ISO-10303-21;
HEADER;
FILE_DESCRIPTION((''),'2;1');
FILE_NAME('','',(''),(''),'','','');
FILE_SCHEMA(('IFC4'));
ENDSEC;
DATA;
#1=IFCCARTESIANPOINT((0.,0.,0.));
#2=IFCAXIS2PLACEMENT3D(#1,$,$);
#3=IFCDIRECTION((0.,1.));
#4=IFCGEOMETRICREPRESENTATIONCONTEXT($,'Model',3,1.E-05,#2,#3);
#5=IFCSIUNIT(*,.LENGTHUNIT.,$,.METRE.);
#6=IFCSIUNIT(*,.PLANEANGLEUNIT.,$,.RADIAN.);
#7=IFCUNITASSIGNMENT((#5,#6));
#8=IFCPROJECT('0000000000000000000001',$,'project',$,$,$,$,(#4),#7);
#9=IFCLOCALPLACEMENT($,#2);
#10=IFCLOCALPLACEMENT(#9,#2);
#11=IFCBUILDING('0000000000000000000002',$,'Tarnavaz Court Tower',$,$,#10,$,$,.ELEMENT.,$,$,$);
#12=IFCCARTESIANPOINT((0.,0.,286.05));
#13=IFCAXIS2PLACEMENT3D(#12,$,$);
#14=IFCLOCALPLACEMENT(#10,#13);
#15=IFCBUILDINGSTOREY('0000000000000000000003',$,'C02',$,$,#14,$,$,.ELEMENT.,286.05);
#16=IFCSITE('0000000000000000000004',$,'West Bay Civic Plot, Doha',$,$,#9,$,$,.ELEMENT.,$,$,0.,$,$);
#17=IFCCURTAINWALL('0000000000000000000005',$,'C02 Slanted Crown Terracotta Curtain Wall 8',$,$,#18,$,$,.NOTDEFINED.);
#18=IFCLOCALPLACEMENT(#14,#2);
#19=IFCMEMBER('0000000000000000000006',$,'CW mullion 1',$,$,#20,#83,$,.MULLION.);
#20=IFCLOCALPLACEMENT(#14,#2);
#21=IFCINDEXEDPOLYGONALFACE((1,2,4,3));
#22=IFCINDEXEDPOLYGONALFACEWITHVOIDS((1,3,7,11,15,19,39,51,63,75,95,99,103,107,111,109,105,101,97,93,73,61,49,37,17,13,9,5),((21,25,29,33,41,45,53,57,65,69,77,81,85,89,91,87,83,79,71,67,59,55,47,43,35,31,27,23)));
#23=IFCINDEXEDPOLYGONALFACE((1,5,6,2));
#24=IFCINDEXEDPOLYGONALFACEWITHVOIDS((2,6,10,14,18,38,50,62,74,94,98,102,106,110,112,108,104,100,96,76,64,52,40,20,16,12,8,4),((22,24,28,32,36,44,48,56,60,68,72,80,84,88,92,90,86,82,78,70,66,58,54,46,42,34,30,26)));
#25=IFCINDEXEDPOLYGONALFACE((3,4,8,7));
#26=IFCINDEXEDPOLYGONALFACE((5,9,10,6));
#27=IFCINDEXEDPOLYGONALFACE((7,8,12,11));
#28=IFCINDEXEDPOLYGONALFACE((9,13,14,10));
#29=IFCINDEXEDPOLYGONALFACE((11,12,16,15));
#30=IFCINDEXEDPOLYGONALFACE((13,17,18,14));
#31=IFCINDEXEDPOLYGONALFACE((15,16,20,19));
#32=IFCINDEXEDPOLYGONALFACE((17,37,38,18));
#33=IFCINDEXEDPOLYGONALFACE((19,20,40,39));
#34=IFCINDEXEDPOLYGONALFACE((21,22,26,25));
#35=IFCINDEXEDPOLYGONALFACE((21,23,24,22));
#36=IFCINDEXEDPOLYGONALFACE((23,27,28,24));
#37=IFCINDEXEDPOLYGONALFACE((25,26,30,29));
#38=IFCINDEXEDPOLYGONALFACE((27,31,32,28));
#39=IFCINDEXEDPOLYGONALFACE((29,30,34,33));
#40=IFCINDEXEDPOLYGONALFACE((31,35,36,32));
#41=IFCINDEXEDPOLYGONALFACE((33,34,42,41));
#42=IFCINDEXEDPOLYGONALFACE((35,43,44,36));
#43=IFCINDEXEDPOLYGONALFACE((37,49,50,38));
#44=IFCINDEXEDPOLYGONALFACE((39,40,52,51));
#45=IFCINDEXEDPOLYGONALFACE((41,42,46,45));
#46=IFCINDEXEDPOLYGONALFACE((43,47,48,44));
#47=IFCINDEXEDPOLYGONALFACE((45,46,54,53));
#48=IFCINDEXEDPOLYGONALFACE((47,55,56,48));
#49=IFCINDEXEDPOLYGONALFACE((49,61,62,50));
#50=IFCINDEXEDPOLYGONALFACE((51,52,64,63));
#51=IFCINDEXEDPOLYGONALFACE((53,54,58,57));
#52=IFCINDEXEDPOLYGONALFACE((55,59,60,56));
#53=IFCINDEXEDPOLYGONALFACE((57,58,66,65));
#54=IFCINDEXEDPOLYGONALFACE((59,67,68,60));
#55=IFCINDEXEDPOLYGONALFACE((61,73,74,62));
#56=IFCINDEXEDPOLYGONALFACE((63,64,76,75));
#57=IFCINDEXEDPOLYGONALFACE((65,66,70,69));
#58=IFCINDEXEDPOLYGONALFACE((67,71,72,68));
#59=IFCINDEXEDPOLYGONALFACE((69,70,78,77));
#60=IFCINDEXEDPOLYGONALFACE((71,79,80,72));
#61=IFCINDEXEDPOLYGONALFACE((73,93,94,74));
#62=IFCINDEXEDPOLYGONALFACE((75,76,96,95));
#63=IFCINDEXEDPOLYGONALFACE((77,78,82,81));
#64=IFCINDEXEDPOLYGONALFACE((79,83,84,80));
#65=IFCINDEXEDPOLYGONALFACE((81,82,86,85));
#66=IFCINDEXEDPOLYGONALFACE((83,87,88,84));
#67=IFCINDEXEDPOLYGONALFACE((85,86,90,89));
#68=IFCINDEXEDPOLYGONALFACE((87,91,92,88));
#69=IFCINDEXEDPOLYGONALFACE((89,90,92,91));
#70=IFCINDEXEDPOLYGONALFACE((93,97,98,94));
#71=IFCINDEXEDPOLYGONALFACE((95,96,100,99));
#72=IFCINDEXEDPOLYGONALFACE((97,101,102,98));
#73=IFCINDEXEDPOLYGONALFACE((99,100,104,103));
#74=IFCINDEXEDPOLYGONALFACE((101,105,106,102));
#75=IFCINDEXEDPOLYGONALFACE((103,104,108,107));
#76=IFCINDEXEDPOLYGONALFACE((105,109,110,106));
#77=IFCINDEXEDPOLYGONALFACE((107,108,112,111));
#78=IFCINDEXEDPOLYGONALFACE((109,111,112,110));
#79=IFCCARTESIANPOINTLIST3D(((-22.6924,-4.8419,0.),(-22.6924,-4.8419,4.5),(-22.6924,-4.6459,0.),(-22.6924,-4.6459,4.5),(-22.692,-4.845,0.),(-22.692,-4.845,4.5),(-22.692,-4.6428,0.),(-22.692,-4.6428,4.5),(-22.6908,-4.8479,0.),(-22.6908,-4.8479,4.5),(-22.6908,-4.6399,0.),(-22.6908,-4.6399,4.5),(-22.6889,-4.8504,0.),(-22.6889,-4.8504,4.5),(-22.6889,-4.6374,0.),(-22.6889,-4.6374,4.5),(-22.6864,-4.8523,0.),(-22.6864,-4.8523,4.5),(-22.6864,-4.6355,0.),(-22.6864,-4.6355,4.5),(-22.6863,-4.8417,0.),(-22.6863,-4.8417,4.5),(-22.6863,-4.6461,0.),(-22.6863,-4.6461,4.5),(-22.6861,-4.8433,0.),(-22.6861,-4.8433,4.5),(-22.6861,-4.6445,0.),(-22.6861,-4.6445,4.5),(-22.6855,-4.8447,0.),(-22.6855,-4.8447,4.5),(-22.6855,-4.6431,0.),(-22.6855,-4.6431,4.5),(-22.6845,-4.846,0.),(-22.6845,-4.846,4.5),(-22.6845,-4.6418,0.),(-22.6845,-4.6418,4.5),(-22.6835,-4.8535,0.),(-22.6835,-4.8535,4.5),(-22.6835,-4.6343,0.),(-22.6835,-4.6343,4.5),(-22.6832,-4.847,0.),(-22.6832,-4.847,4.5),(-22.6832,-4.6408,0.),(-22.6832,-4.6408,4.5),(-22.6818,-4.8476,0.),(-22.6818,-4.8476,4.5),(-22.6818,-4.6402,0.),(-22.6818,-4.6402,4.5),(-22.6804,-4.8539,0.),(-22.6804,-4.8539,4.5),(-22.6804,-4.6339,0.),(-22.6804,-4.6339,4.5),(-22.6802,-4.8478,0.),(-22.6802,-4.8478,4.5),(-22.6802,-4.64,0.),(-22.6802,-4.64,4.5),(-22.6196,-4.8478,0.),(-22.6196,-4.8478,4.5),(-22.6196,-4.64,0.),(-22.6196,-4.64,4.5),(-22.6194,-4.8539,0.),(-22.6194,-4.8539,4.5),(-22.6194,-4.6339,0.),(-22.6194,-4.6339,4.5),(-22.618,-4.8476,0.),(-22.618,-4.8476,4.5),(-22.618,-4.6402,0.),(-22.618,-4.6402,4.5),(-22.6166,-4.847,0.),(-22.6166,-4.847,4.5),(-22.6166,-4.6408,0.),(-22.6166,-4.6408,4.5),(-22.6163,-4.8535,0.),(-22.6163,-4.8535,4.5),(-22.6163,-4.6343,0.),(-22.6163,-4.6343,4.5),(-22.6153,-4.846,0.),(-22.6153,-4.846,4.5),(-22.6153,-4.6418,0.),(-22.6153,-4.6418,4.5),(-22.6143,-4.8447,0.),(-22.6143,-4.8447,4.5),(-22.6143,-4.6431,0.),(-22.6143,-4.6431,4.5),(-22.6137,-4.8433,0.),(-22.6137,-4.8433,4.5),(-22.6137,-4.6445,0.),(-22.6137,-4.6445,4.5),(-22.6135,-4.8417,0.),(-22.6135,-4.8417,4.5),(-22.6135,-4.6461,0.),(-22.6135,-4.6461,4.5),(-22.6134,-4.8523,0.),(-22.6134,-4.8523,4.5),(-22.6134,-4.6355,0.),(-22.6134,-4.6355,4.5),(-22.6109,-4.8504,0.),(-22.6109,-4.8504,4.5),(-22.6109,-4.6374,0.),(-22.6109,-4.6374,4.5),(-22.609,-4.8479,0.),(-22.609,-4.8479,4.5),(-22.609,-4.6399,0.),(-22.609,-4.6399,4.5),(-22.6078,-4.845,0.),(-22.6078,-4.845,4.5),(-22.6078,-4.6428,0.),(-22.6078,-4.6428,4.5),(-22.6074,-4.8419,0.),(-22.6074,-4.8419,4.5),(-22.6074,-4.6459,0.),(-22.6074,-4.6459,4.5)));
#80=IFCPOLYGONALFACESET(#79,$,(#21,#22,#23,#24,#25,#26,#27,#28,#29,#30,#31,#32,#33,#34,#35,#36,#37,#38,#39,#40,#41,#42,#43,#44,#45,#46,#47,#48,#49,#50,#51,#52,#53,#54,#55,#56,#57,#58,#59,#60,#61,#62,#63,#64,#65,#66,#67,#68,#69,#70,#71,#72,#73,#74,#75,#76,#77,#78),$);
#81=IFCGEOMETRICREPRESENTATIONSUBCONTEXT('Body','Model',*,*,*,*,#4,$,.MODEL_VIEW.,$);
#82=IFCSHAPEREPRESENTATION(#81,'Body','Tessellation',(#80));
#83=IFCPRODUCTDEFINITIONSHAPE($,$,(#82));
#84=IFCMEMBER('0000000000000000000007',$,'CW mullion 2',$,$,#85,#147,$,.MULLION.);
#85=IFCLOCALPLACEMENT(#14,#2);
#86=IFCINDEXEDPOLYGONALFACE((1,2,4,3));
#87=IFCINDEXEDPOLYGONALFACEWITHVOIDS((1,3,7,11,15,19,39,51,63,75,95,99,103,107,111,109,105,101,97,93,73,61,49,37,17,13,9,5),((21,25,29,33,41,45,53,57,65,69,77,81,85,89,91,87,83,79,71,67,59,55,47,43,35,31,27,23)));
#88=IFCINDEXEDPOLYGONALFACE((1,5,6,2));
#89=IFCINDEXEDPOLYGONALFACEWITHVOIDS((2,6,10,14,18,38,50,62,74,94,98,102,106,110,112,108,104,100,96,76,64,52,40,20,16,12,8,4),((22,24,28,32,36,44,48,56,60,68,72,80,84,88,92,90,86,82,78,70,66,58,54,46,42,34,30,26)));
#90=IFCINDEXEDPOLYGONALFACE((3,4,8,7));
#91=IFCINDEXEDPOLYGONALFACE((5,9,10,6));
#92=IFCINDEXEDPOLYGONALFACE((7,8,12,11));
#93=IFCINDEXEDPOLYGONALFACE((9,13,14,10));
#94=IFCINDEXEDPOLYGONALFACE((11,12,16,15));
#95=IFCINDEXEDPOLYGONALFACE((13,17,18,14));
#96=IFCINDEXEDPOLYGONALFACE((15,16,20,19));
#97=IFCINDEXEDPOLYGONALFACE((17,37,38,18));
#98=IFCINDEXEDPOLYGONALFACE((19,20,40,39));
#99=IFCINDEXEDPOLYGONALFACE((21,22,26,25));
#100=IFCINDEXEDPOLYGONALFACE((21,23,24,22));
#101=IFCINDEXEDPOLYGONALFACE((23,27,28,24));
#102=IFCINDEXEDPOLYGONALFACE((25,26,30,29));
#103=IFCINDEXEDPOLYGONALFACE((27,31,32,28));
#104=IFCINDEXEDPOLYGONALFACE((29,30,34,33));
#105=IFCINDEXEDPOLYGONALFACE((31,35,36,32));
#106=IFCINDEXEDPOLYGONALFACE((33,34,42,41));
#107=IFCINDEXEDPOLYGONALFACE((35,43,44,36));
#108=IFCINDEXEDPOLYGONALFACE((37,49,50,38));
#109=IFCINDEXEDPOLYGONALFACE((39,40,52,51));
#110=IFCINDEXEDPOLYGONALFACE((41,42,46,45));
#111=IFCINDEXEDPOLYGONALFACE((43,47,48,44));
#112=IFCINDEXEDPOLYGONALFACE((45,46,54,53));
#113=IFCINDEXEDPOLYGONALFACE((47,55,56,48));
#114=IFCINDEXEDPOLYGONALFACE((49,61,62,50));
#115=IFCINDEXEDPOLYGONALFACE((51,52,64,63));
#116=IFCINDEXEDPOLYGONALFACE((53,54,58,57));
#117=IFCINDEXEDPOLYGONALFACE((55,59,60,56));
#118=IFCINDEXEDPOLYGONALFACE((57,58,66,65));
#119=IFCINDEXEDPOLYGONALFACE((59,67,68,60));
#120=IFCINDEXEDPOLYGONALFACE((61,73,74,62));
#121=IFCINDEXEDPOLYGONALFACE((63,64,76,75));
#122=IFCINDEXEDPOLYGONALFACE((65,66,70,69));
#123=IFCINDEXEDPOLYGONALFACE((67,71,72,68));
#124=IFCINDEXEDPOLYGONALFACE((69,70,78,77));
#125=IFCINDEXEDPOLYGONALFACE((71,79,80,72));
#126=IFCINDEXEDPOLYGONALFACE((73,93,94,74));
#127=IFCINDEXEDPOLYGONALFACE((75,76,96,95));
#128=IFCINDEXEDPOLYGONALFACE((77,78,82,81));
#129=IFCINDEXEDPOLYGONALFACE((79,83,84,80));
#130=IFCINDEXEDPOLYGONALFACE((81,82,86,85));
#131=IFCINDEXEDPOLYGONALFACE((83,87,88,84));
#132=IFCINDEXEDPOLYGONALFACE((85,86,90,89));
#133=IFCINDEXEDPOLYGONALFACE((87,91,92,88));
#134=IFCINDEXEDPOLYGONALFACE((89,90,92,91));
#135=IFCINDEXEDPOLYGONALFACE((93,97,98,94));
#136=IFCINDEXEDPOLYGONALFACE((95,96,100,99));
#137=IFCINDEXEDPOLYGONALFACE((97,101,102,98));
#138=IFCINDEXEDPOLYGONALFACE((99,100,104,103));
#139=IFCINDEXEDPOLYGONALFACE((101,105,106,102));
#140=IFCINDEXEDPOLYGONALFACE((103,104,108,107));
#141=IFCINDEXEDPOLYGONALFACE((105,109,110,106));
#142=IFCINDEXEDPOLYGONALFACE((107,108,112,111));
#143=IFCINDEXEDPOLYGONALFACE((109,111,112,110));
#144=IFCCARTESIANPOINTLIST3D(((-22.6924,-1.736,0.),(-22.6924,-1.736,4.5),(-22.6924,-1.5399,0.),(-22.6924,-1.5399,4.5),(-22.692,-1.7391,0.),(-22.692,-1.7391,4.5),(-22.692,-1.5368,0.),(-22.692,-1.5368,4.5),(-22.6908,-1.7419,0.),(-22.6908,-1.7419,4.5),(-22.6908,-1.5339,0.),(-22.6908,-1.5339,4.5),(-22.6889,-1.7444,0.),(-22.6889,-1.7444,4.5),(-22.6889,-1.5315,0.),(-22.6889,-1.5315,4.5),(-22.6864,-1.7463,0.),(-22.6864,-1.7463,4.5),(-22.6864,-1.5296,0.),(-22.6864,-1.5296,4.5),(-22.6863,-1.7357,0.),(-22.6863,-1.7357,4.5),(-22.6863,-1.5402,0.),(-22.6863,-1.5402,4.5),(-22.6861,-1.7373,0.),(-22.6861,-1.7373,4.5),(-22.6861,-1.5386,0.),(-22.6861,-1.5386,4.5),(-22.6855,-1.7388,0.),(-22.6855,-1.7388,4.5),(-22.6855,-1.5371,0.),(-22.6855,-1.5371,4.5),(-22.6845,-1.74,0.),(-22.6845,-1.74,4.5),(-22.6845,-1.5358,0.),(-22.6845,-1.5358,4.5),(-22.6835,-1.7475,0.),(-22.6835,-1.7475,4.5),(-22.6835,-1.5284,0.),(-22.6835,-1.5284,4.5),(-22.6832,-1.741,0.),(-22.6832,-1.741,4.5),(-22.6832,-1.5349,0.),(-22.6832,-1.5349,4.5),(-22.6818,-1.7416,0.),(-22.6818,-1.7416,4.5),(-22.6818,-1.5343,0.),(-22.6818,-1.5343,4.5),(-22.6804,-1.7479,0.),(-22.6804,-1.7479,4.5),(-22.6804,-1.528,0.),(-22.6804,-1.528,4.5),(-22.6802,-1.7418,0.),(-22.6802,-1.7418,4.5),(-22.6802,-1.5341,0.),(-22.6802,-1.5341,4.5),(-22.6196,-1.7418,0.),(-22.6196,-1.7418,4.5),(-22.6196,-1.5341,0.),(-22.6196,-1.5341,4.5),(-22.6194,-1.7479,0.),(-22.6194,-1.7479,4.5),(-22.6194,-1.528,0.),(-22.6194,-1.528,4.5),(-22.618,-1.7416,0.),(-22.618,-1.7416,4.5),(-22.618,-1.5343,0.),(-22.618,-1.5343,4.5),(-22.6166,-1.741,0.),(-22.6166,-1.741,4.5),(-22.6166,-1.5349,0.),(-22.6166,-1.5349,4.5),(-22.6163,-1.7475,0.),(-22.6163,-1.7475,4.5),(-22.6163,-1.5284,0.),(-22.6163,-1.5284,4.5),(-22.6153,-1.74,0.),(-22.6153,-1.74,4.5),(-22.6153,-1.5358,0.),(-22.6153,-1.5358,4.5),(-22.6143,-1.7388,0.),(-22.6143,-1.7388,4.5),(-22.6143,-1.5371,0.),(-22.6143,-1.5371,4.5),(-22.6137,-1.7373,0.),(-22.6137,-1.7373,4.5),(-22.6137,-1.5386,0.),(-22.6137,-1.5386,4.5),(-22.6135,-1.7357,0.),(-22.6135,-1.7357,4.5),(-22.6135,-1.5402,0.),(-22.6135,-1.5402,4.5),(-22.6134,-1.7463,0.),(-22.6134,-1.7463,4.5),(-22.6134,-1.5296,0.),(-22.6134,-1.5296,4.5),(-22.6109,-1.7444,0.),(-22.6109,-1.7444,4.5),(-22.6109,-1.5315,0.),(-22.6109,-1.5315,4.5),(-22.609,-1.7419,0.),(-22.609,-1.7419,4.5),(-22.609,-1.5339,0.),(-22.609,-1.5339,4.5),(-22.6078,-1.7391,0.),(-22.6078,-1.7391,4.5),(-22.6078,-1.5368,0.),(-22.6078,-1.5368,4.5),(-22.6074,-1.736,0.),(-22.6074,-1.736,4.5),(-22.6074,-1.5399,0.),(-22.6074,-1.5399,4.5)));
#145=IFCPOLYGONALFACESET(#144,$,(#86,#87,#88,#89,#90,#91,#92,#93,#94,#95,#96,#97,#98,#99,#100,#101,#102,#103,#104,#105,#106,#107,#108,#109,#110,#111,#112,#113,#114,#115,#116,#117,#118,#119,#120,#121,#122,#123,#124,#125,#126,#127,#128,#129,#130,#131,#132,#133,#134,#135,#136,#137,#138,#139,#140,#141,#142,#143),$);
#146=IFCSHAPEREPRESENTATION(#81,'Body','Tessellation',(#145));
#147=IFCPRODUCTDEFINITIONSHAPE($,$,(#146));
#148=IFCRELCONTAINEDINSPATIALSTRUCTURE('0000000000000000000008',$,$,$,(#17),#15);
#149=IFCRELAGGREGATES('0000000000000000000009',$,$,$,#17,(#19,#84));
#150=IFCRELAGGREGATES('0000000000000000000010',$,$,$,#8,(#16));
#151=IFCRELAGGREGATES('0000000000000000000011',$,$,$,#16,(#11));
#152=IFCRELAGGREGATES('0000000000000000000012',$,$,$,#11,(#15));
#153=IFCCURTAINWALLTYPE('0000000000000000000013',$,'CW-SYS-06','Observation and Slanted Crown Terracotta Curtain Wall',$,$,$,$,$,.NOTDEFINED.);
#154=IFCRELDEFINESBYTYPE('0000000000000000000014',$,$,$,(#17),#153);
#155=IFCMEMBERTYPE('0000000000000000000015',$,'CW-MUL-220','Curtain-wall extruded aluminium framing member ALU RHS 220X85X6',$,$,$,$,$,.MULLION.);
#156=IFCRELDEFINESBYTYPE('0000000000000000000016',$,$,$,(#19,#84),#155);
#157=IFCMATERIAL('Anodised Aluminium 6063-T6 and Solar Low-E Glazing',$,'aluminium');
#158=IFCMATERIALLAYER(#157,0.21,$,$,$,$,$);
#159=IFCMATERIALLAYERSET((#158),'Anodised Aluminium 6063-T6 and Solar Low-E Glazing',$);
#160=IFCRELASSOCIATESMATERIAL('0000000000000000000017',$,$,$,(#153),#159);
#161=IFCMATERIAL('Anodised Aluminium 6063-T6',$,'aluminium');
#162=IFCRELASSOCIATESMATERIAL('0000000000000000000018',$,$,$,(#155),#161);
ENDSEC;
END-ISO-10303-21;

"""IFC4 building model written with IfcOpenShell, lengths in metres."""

from ifc_helpers import new_model, si_unit, direction, frame, origin, origin_2d, place, context, subcontext, project, spatial, hollow_rectangle, extrude, material, layer, layer_set, material_profile, profile_set, type_object, element, aggregate, save


model = new_model("IFC4")

# Units and contexts
model_context = context("Model", 3, precision=1e-05, world=origin(), true_north=direction((0.0, 1.0)))
body_context = subcontext(model_context, "Body", "Model", "MODEL_VIEW")
ifc_project = project(units=[si_unit("LENGTHUNIT", "METRE"), si_unit("PLANEANGLEUNIT", "RADIAN")], contexts=[model_context])

# Site, building, storey
site_placement = place(None, origin())
site = spatial("IfcSite", under=ifc_project, at=site_placement, Name="West Bay Civic Plot, Doha", CompositionType="ELEMENT", RefElevation=0.0)
building_placement = place(site_placement, origin())
building = spatial("IfcBuilding", under=site, at=building_placement, Name="Tarnavaz Court Tower", CompositionType="ELEMENT")
storey_placement = place(building_placement, frame((0.0, 0.0, 286.05)))
storey = spatial("IfcBuildingStorey", under=building, at=storey_placement, Name="C02", CompositionType="ELEMENT", Elevation=286.05)

# Curtain wall, members
ifc_material_1 = material(Name="Anodised Aluminium 6063-T6 and Solar Low-E Glazing", Category="aluminium")
ifc_layer_1 = layer(ifc_material_1, 0.21)
ifc_layer_set_1 = layer_set([ifc_layer_1], Name="Anodised Aluminium 6063-T6 and Solar Low-E Glazing")
curtain_wall_type = type_object("IfcCurtainWallType", Name="CW-SYS-06", Description="Observation and Slanted Crown Terracotta Curtain Wall", PredefinedType="NOTDEFINED", material=ifc_layer_set_1)
ifc_material_2 = material(Name="Anodised Aluminium 6063-T6", Category="aluminium")
ifc_material_profile_1 = material_profile(ifc_material_2, hollow_rectangle(XDim=0.085, YDim=0.22, WallThickness=0.0061, InnerFilletRadius=0.0061, OuterFilletRadius=0.012, at=origin_2d()), Name="ALU RHS 220X85X6")
ifc_profile_set_1 = profile_set([ifc_material_profile_1], Name="Anodised Aluminium 6063-T6")
member_type_1 = type_object("IfcMemberType", Name="CW-MUL-220", Description="Curtain-wall extruded aluminium framing member ALU RHS 220X85X6", PredefinedType="MULLION", material=ifc_profile_set_1)
curtain_wall_1_placement = place(storey_placement, origin())
curtain_wall_1 = element("IfcCurtainWall", 1, at=curtain_wall_1_placement, inside=storey, type_object=curtain_wall_type, Name="C02 Slanted Crown Terracotta Curtain Wall 8", PredefinedType="NOTDEFINED")
member_1_placement = place(storey_placement, frame((-22.6499, -4.7439, 0.0), z_axis=(0.0, 0.0, 1.0), x_axis=(-1.0, 0.0, 0.0)))
member_1 = element("IfcMember", 2, at=member_1_placement, type_object=member_type_1, Name="CW mullion 1", PredefinedType="MULLION", context=body_context, shape_type="SweptSolid", body=[
    extrude(hollow_rectangle(XDim=0.085, YDim=0.22, WallThickness=0.0061, InnerFilletRadius=0.0061, OuterFilletRadius=0.012, at=origin_2d()), origin(), (0.0, 0.0, 1.0), 4.5),
])
member_2_placement = place(storey_placement, frame((-22.6499, -1.6379, 0.0), z_axis=(0.0, 0.0, 1.0), x_axis=(-1.0, 0.0, 0.0)))
member_2 = element("IfcMember", 3, at=member_2_placement, type_object=member_type_1, Name="CW mullion 2", PredefinedType="MULLION", context=body_context, shape_type="SweptSolid", body=[
    extrude(hollow_rectangle(XDim=0.085, YDim=0.22, WallThickness=0.0061, InnerFilletRadius=0.0061, OuterFilletRadius=0.012, at=origin_2d()), origin(), (0.0, 0.0, 1.0), 4.5),
])

aggregate(curtain_wall_1, [member_1, member_2])

save(model, "model.ifc")
